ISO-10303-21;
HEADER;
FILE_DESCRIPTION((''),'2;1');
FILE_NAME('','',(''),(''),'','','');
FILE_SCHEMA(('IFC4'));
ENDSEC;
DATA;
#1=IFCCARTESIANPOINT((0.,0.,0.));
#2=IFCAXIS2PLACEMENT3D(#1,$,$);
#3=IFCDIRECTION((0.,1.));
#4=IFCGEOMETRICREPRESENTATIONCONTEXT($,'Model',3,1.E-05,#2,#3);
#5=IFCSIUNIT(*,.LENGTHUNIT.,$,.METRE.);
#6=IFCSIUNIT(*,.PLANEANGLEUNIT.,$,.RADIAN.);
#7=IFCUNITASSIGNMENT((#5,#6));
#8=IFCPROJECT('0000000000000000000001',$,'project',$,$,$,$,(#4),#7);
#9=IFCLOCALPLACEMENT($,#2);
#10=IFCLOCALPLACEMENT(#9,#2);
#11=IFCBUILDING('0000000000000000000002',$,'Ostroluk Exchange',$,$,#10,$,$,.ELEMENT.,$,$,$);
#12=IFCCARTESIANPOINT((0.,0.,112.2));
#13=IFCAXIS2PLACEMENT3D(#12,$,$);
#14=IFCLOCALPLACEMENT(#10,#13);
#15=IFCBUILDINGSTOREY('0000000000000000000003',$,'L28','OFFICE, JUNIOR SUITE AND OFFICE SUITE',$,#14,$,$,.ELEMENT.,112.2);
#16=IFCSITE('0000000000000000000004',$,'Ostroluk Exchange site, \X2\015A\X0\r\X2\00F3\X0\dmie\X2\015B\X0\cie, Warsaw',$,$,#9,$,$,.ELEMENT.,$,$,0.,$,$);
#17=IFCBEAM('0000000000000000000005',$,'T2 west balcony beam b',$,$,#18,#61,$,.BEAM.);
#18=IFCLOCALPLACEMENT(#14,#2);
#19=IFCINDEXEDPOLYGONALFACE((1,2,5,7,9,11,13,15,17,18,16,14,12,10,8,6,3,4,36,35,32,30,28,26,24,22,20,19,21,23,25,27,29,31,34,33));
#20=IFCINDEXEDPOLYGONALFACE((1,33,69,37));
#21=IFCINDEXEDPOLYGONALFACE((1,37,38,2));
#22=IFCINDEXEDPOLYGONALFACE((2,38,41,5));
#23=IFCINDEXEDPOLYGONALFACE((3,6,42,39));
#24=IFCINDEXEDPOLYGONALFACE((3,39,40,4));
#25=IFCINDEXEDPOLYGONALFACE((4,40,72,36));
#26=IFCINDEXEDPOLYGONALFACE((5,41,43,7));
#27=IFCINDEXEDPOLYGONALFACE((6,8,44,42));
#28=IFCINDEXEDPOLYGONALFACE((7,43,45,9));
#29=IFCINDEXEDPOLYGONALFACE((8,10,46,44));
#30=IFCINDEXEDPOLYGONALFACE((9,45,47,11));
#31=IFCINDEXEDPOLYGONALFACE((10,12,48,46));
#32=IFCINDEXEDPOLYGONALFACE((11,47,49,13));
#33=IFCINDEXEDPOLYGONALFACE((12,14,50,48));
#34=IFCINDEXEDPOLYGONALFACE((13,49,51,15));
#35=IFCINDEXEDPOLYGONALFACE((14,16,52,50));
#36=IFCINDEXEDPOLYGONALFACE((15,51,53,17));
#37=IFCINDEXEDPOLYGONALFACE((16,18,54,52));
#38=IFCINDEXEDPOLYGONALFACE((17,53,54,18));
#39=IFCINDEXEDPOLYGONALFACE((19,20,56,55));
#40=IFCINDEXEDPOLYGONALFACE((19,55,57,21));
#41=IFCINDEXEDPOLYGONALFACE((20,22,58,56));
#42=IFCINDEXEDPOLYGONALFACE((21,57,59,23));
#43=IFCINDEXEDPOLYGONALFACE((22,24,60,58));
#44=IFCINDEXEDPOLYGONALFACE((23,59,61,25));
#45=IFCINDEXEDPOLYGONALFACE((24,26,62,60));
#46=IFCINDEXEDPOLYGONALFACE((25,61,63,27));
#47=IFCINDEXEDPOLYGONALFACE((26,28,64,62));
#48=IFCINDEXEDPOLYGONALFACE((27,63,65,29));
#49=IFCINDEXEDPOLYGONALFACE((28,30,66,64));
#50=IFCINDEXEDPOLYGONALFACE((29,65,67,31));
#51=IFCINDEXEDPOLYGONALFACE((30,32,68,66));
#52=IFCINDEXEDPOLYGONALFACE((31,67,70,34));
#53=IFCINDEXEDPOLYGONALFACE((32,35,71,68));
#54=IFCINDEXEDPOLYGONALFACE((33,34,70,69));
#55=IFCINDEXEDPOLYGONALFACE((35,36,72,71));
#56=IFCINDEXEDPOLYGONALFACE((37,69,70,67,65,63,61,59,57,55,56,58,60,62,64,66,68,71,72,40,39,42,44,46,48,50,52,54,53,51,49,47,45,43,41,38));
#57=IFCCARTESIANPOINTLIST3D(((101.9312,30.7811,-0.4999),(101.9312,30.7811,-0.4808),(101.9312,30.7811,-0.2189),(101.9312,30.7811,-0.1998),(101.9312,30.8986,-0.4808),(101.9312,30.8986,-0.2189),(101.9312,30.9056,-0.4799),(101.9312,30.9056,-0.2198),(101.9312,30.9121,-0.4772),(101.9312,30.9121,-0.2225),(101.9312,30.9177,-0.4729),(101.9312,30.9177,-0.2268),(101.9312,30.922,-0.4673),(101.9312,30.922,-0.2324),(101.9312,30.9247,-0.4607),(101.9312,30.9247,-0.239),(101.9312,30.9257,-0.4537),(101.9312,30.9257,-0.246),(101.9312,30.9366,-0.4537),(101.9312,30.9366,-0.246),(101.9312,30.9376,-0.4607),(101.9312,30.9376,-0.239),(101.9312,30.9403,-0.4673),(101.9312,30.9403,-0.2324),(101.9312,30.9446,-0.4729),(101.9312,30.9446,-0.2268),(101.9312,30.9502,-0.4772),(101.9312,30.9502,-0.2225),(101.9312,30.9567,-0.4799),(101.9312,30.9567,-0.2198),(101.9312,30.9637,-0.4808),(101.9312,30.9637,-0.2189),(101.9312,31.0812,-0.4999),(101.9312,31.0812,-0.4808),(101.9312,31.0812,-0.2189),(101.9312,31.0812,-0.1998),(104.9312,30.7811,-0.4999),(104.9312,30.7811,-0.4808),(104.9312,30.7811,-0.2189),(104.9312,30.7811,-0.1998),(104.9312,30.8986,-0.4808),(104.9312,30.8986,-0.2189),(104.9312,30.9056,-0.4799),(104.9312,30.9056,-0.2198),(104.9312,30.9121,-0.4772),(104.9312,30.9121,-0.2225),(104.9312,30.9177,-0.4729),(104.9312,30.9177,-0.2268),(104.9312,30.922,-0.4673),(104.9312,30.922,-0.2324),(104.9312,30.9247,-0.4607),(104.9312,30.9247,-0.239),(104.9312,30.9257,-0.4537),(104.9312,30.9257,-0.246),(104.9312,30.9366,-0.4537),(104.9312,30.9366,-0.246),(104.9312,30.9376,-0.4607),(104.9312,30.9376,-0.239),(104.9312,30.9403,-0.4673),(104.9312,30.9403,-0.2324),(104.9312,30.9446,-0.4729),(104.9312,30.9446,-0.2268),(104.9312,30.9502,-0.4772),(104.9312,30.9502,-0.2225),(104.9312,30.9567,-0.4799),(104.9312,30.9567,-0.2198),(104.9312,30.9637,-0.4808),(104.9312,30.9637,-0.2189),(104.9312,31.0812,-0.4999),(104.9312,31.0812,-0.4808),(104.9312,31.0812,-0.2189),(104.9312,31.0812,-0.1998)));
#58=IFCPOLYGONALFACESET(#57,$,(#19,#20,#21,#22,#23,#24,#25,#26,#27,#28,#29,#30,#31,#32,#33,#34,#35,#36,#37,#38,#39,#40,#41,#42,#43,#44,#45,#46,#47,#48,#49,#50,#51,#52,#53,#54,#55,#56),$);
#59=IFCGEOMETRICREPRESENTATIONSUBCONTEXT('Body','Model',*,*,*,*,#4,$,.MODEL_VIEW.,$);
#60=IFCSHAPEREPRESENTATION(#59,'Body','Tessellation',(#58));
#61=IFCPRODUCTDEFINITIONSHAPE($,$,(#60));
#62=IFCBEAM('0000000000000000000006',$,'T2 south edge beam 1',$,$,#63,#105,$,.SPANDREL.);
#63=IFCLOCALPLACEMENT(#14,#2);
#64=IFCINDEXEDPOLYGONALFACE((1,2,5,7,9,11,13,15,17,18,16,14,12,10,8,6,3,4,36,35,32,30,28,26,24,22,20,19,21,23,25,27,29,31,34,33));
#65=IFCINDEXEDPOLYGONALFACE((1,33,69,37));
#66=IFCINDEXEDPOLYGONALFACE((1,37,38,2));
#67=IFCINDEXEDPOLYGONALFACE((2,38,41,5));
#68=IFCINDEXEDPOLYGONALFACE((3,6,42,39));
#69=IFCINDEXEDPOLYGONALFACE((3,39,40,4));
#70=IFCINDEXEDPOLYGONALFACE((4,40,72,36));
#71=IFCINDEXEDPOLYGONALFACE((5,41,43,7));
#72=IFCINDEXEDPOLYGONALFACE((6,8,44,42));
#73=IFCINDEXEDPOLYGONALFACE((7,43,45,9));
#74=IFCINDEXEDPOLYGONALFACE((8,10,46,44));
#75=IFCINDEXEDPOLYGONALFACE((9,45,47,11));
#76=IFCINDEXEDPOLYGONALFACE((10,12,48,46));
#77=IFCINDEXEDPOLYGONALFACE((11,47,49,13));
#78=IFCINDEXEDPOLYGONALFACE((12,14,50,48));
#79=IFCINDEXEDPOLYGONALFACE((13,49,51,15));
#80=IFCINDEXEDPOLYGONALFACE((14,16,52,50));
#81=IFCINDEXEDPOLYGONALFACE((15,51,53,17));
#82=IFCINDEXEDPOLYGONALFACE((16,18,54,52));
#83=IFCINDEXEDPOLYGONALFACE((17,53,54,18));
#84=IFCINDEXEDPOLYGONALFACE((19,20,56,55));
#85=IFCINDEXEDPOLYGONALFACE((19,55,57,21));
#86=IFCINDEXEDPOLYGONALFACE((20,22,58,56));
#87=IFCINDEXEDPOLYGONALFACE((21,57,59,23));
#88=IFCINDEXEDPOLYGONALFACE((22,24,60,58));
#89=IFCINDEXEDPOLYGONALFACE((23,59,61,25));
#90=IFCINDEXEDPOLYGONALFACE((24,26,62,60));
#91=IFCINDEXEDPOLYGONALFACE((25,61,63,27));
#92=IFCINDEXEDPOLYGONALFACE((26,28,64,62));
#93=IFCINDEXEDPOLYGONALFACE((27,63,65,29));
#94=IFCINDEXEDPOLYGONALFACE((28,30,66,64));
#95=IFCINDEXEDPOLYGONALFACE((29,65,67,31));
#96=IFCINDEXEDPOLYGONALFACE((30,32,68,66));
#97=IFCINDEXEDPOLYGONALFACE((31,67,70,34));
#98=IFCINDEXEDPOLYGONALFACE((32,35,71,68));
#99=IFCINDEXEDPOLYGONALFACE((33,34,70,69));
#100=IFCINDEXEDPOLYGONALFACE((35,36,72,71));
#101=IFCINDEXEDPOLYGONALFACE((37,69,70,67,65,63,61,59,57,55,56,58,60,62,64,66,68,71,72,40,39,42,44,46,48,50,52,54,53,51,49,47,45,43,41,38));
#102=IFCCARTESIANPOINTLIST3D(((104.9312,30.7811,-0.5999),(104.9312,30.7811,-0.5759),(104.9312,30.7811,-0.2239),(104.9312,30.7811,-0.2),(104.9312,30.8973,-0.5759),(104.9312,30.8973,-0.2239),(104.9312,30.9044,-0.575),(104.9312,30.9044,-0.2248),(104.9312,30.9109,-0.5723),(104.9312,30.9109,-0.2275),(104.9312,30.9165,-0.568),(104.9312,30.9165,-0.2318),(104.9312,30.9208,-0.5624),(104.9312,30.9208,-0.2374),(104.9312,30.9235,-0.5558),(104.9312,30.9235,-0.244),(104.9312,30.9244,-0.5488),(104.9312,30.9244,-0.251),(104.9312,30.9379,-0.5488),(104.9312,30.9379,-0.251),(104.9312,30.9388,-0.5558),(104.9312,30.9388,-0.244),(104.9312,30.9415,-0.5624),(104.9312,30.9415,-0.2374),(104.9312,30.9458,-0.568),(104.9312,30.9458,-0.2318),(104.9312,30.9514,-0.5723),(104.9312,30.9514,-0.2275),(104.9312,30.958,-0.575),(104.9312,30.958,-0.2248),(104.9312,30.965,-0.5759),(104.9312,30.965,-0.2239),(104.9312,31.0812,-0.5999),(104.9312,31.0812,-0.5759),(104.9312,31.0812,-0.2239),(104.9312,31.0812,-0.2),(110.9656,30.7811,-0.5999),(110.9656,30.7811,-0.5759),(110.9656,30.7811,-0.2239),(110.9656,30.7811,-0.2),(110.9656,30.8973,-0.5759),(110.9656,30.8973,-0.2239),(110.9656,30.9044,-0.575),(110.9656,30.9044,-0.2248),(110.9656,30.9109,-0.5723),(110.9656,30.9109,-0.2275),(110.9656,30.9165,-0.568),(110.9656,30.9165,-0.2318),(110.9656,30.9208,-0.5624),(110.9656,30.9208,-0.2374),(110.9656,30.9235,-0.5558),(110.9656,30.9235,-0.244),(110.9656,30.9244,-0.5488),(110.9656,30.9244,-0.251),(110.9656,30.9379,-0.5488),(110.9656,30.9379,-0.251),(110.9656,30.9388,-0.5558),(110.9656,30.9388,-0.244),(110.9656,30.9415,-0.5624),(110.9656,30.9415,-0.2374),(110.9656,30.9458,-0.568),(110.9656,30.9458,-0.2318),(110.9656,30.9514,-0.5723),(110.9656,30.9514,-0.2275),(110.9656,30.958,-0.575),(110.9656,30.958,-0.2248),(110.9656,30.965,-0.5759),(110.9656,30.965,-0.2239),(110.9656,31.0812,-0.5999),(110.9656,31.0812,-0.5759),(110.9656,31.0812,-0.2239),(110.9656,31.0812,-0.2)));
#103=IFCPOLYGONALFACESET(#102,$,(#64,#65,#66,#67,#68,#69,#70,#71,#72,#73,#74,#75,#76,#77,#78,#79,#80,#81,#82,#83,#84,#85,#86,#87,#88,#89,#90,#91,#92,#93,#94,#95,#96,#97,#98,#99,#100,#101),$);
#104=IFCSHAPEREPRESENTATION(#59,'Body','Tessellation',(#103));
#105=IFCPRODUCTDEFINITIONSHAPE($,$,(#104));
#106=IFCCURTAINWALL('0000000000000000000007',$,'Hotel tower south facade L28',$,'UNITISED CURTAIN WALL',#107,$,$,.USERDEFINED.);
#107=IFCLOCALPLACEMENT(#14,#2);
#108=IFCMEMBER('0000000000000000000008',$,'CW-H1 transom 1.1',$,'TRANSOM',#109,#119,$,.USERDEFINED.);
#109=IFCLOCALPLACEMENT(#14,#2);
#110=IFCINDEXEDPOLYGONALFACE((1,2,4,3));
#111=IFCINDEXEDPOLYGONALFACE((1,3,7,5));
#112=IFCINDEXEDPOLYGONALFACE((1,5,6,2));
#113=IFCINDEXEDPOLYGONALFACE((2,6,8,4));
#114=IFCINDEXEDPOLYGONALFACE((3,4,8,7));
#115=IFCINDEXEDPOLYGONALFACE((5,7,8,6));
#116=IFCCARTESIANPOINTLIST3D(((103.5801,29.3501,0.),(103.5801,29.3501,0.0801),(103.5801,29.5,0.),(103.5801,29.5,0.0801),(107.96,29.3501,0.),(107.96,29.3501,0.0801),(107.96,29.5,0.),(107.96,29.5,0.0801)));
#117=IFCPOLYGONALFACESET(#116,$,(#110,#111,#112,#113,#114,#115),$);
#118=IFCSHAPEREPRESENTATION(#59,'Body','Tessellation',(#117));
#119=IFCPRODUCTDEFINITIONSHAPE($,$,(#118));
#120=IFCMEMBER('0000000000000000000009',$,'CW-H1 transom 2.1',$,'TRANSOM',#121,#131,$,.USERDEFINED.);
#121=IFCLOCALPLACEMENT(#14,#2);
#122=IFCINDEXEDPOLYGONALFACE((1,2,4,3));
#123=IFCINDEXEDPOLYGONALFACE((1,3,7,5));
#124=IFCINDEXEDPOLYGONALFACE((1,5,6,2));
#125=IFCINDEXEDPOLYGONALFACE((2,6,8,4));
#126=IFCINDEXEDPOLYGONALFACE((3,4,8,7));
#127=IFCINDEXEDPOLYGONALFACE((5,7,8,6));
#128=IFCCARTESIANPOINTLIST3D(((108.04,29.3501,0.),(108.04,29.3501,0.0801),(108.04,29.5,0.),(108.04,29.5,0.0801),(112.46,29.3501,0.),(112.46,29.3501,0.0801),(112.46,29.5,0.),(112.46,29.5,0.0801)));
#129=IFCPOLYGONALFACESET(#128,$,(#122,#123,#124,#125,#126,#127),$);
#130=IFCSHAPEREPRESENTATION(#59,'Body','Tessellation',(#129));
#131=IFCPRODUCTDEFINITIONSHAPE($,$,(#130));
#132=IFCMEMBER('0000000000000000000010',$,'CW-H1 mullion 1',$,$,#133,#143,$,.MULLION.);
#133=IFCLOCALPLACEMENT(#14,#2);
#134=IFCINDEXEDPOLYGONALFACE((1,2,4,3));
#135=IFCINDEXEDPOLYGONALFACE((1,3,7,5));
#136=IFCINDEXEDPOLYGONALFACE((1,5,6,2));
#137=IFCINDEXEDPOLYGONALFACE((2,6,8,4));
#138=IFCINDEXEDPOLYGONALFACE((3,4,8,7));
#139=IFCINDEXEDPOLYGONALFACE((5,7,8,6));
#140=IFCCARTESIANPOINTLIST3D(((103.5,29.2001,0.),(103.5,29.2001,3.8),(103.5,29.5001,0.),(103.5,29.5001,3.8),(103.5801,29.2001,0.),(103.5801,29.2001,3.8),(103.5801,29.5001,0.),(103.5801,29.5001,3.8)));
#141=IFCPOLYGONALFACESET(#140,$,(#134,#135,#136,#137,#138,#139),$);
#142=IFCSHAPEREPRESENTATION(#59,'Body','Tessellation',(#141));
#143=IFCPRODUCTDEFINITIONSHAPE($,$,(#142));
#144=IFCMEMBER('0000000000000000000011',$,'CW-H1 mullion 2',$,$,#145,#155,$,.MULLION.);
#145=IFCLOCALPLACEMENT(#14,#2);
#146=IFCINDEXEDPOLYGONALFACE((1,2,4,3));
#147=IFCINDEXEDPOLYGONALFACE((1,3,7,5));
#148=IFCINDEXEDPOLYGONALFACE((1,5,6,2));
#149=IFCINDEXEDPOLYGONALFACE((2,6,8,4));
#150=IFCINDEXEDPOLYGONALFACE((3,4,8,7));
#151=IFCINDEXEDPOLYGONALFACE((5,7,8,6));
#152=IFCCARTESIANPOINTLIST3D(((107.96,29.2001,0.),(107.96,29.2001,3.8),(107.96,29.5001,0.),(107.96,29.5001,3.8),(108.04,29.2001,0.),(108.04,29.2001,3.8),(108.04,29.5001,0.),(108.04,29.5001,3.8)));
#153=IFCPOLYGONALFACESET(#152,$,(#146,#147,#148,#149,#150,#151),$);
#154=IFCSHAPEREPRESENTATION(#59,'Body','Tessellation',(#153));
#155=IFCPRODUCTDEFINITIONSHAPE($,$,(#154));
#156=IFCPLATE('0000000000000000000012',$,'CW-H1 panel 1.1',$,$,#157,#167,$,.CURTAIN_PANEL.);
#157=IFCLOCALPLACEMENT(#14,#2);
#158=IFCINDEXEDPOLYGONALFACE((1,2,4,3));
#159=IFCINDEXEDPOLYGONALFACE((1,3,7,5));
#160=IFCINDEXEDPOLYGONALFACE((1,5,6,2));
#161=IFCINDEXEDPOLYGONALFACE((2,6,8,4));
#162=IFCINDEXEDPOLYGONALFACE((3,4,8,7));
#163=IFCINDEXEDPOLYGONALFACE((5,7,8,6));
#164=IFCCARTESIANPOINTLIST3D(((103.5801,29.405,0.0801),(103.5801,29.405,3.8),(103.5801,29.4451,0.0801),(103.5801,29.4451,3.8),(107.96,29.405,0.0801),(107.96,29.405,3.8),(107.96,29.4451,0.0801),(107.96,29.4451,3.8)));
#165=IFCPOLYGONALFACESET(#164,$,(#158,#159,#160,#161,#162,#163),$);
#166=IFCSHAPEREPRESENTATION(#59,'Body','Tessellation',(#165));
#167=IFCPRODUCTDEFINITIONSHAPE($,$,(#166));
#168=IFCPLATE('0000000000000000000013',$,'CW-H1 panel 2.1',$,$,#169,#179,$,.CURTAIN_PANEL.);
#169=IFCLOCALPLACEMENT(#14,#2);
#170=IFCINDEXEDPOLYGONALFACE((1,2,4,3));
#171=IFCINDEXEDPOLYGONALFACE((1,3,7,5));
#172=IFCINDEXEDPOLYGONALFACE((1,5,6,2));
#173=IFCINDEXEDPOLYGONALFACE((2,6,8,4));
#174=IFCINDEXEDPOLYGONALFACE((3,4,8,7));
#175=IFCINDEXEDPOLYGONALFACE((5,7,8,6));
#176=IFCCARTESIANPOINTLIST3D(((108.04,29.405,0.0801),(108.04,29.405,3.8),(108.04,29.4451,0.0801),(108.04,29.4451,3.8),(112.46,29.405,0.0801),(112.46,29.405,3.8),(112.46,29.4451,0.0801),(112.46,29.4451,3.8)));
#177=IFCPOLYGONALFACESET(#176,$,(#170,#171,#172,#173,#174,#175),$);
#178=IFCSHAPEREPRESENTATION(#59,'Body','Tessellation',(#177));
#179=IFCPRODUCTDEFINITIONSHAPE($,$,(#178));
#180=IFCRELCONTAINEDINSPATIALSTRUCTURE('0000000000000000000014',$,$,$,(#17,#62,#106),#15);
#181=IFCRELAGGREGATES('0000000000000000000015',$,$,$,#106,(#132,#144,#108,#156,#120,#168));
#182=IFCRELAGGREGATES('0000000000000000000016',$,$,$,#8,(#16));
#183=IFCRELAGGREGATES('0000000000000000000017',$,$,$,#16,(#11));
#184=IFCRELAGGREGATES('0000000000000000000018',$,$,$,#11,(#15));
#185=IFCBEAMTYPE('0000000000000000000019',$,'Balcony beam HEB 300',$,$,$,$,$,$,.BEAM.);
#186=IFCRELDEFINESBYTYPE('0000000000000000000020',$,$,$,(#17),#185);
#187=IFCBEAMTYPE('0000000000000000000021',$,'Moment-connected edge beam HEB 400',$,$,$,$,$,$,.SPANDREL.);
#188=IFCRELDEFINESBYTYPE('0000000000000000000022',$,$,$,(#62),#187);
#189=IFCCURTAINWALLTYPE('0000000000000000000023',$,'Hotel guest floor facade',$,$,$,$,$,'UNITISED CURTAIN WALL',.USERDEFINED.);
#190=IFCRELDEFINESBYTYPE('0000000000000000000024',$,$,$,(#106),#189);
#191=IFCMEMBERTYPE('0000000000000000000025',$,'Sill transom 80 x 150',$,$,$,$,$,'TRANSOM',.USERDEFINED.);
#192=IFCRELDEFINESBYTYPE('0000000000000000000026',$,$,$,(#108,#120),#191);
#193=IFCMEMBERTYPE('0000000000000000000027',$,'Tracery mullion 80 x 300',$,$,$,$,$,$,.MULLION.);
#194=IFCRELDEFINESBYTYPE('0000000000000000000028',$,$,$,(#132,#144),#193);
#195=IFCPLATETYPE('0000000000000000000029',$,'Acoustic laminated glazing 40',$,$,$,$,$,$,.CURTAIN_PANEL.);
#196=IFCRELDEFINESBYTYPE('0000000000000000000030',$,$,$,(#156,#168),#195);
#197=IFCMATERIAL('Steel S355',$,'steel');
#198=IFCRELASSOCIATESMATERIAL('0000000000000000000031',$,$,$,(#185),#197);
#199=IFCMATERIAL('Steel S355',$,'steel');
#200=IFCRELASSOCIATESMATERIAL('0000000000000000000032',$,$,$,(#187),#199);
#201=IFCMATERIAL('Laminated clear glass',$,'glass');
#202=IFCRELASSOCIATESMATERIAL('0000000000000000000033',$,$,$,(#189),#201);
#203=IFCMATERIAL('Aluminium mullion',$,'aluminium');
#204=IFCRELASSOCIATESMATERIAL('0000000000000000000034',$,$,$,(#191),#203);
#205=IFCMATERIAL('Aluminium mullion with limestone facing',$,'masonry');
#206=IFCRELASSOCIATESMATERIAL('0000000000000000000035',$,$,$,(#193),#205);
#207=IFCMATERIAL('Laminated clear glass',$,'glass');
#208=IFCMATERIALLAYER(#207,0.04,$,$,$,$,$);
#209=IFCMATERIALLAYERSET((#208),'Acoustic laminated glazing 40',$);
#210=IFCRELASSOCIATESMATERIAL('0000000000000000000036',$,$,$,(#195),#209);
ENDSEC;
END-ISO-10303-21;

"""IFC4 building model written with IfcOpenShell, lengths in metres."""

from ifc_helpers import new_model, si_unit, direction, frame, origin, origin_2d, place, context, subcontext, project, spatial, rectangle, i_section, extrude, material, layer, layer_set, material_profile, profile_set, type_object, element, aggregate, save


model = new_model("IFC4")

# Units and contexts
model_context = context("Model", 3, precision=1e-05, world=origin(), true_north=direction((0.0, 1.0)))
body_context = subcontext(model_context, "Body", "Model", "MODEL_VIEW")
ifc_project = project(units=[si_unit("LENGTHUNIT", "METRE"), si_unit("PLANEANGLEUNIT", "RADIAN")], contexts=[model_context])

# Site, building, storey
site_placement = place(None, origin())
site = spatial("IfcSite", under=ifc_project, at=site_placement, Name="Ostroluk Exchange site, Śródmieście, Warsaw", CompositionType="ELEMENT", RefElevation=0.0)
building_placement = place(site_placement, origin())
building = spatial("IfcBuilding", under=site, at=building_placement, Name="Ostroluk Exchange", CompositionType="ELEMENT")
storey_placement = place(building_placement, frame((0.0, 0.0, 112.2)))
storey = spatial("IfcBuildingStorey", under=building, at=storey_placement, Name="L28", Description="OFFICE, JUNIOR SUITE AND OFFICE SUITE", CompositionType="ELEMENT", Elevation=112.2)

# Beams
ifc_material_1 = material(Name="Steel S355", Category="steel")
ifc_material_profile_1 = material_profile(ifc_material_1, i_section(OverallWidth=0.3, OverallDepth=0.3, WebThickness=0.011, FlangeThickness=0.019, FilletRadius=0.0271, at=origin_2d()), Name="HEB 300")
ifc_profile_set_1 = profile_set([ifc_material_profile_1], Name="Steel S355")
beam_type_1 = type_object("IfcBeamType", Name="Balcony beam HEB 300", PredefinedType="BEAM", material=ifc_profile_set_1)
for number, where, z_axis, x_axis, name in (
    (1, (104.9312, 30.9312, -0.3499), (-1.0, 0.0, 0.0), (0.0, -1.0, 0.0), "T2 west balcony beam b"),
):
    element("IfcBeam", number, at=place(storey_placement, frame(where, z_axis=z_axis, x_axis=x_axis)), inside=storey, type_object=beam_type_1, Name=name, PredefinedType="BEAM", context=body_context, shape_type="SweptSolid", body=[
        extrude(i_section(OverallWidth=0.3, OverallDepth=0.3, WebThickness=0.011, FlangeThickness=0.019, FilletRadius=0.0271, at=origin_2d()), origin(), (0.0, 0.0, 1.0), 3.0),
    ])
ifc_material_2 = material(Name="Steel S355", Category="steel")
ifc_material_profile_2 = material_profile(ifc_material_2, i_section(OverallWidth=0.3, OverallDepth=0.3999, WebThickness=0.0134, FlangeThickness=0.0239, FilletRadius=0.0271, at=origin_2d()), Name="HEB 400")
ifc_profile_set_2 = profile_set([ifc_material_profile_2], Name="Steel S355")
beam_type_2 = type_object("IfcBeamType", Name="Moment-connected edge beam HEB 400", PredefinedType="SPANDREL", material=ifc_profile_set_2)
beam_placement = place(storey_placement, frame((104.9312, 30.9312, -0.3999), z_axis=(1.0, 0.0, 0.0), x_axis=(0.0, 1.0, 0.0)))
element("IfcBeam", 2, at=beam_placement, inside=storey, type_object=beam_type_2, Name="T2 south edge beam 1", PredefinedType="SPANDREL", context=body_context, shape_type="SweptSolid", body=[
    extrude(i_section(OverallWidth=0.3, OverallDepth=0.3999, WebThickness=0.0134, FlangeThickness=0.0239, FilletRadius=0.0271, at=origin_2d()), origin(), (0.0, 0.0, 1.0), 6.0344),
])

# Curtain wall, members, plates
ifc_material_3 = material(Name="Laminated clear glass", Category="glass")
curtain_wall_type = type_object("IfcCurtainWallType", Name="Hotel guest floor facade", ElementType="UNITISED CURTAIN WALL", PredefinedType="USERDEFINED", material=ifc_material_3)
curtain_wall_placement = place(storey_placement, origin())
curtain_wall = element("IfcCurtainWall", 3, at=curtain_wall_placement, inside=storey, type_object=curtain_wall_type, Name="Hotel tower south facade L28", ObjectType="UNITISED CURTAIN WALL", PredefinedType="USERDEFINED")
ifc_material_4 = material(Name="Aluminium mullion", Category="aluminium")
ifc_material_profile_3 = material_profile(ifc_material_4, rectangle(XDim=0.1499, YDim=0.0801, at=origin_2d()), Name="Sill transom 80 x 150")
ifc_profile_set_3 = profile_set([ifc_material_profile_3], Name="Aluminium mullion")
member_type_1 = type_object("IfcMemberType", Name="Sill transom 80 x 150", ElementType="TRANSOM", PredefinedType="USERDEFINED", material=ifc_profile_set_3)
member_1_placement = place(storey_placement, frame((103.5801, 29.425, 0.04), z_axis=(1.0, 0.0, 0.0), x_axis=(0.0, 1.0, 0.0)))
member_1 = element("IfcMember", 4, at=member_1_placement, type_object=member_type_1, Name="CW-H1 transom 1.1", ObjectType="TRANSOM", PredefinedType="USERDEFINED", context=body_context, shape_type="SweptSolid", body=[
    extrude(rectangle(XDim=0.1499, YDim=0.0801, at=origin_2d()), origin(), (0.0, 0.0, 1.0), 4.3799),
])
member_2_placement = place(storey_placement, frame((108.04, 29.425, 0.04), z_axis=(1.0, 0.0, 0.0), x_axis=(0.0, 1.0, 0.0)))
member_2 = element("IfcMember", 5, at=member_2_placement, type_object=member_type_1, Name="CW-H1 transom 2.1", ObjectType="TRANSOM", PredefinedType="USERDEFINED", context=body_context, shape_type="SweptSolid", body=[
    extrude(rectangle(XDim=0.1499, YDim=0.0801, at=origin_2d()), origin(), (0.0, 0.0, 1.0), 4.4199),
])
ifc_material_5 = material(Name="Aluminium mullion with limestone facing", Category="masonry")
ifc_material_profile_4 = material_profile(ifc_material_5, rectangle(XDim=0.3, YDim=0.0801, at=origin_2d()), Name="Tracery mullion 80 x 300")
ifc_profile_set_4 = profile_set([ifc_material_profile_4], Name="Aluminium mullion with limestone facing")
member_type_2 = type_object("IfcMemberType", Name="Tracery mullion 80 x 300", PredefinedType="MULLION", material=ifc_profile_set_4)
member_3_placement = place(storey_placement, frame((103.54, 29.3501, 0.0), z_axis=(0.0, 0.0, 1.0), x_axis=(0.0, 1.0, 0.0)))
member_3 = element("IfcMember", 6, at=member_3_placement, type_object=member_type_2, Name="CW-H1 mullion 1", PredefinedType="MULLION", context=body_context, shape_type="SweptSolid", body=[
    extrude(rectangle(XDim=0.3, YDim=0.0801, at=origin_2d()), origin(), (0.0, 0.0, 1.0), 3.8),
])
member_4_placement = place(storey_placement, frame((108.0, 29.3501, 0.0), z_axis=(0.0, 0.0, 1.0), x_axis=(0.0, 1.0, 0.0)))
member_4 = element("IfcMember", 7, at=member_4_placement, type_object=member_type_2, Name="CW-H1 mullion 2", PredefinedType="MULLION", context=body_context, shape_type="SweptSolid", body=[
    extrude(rectangle(XDim=0.3, YDim=0.0801, at=origin_2d()), origin(), (0.0, 0.0, 1.0), 3.8),
])
ifc_material_6 = material(Name="Laminated clear glass", Category="glass")
ifc_layer_1 = layer(ifc_material_6, 0.04)
ifc_layer_set_1 = layer_set([ifc_layer_1], Name="Acoustic laminated glazing 40")
plate_type_1 = type_object("IfcPlateType", Name="Acoustic laminated glazing 40", PredefinedType="CURTAIN_PANEL", material=ifc_layer_set_1)
plate_1_placement = place(storey_placement, frame((105.77, 29.425, 0.0801), z_axis=(0.0, 0.0, 1.0), x_axis=(1.0, 0.0, 0.0)))
plate_1 = element("IfcPlate", 8, at=plate_1_placement, type_object=plate_type_1, Name="CW-H1 panel 1.1", PredefinedType="CURTAIN_PANEL", context=body_context, shape_type="SweptSolid", body=[
    extrude(rectangle(XDim=4.3799, YDim=0.04, at=origin_2d()), origin(), (0.0, 0.0, 1.0), 3.72),
])
plate_2_placement = place(storey_placement, frame((110.25, 29.425, 0.0801), z_axis=(0.0, 0.0, 1.0), x_axis=(1.0, 0.0, 0.0)))
plate_2 = element("IfcPlate", 9, at=plate_2_placement, type_object=plate_type_1, Name="CW-H1 panel 2.1", PredefinedType="CURTAIN_PANEL", context=body_context, shape_type="SweptSolid", body=[
    extrude(rectangle(XDim=4.4199, YDim=0.04, at=origin_2d()), origin(), (0.0, 0.0, 1.0), 3.72),
])
aggregate(curtain_wall, [member_3, member_4, member_1, plate_1, member_2, plate_2])

save(model, "model.ifc")
